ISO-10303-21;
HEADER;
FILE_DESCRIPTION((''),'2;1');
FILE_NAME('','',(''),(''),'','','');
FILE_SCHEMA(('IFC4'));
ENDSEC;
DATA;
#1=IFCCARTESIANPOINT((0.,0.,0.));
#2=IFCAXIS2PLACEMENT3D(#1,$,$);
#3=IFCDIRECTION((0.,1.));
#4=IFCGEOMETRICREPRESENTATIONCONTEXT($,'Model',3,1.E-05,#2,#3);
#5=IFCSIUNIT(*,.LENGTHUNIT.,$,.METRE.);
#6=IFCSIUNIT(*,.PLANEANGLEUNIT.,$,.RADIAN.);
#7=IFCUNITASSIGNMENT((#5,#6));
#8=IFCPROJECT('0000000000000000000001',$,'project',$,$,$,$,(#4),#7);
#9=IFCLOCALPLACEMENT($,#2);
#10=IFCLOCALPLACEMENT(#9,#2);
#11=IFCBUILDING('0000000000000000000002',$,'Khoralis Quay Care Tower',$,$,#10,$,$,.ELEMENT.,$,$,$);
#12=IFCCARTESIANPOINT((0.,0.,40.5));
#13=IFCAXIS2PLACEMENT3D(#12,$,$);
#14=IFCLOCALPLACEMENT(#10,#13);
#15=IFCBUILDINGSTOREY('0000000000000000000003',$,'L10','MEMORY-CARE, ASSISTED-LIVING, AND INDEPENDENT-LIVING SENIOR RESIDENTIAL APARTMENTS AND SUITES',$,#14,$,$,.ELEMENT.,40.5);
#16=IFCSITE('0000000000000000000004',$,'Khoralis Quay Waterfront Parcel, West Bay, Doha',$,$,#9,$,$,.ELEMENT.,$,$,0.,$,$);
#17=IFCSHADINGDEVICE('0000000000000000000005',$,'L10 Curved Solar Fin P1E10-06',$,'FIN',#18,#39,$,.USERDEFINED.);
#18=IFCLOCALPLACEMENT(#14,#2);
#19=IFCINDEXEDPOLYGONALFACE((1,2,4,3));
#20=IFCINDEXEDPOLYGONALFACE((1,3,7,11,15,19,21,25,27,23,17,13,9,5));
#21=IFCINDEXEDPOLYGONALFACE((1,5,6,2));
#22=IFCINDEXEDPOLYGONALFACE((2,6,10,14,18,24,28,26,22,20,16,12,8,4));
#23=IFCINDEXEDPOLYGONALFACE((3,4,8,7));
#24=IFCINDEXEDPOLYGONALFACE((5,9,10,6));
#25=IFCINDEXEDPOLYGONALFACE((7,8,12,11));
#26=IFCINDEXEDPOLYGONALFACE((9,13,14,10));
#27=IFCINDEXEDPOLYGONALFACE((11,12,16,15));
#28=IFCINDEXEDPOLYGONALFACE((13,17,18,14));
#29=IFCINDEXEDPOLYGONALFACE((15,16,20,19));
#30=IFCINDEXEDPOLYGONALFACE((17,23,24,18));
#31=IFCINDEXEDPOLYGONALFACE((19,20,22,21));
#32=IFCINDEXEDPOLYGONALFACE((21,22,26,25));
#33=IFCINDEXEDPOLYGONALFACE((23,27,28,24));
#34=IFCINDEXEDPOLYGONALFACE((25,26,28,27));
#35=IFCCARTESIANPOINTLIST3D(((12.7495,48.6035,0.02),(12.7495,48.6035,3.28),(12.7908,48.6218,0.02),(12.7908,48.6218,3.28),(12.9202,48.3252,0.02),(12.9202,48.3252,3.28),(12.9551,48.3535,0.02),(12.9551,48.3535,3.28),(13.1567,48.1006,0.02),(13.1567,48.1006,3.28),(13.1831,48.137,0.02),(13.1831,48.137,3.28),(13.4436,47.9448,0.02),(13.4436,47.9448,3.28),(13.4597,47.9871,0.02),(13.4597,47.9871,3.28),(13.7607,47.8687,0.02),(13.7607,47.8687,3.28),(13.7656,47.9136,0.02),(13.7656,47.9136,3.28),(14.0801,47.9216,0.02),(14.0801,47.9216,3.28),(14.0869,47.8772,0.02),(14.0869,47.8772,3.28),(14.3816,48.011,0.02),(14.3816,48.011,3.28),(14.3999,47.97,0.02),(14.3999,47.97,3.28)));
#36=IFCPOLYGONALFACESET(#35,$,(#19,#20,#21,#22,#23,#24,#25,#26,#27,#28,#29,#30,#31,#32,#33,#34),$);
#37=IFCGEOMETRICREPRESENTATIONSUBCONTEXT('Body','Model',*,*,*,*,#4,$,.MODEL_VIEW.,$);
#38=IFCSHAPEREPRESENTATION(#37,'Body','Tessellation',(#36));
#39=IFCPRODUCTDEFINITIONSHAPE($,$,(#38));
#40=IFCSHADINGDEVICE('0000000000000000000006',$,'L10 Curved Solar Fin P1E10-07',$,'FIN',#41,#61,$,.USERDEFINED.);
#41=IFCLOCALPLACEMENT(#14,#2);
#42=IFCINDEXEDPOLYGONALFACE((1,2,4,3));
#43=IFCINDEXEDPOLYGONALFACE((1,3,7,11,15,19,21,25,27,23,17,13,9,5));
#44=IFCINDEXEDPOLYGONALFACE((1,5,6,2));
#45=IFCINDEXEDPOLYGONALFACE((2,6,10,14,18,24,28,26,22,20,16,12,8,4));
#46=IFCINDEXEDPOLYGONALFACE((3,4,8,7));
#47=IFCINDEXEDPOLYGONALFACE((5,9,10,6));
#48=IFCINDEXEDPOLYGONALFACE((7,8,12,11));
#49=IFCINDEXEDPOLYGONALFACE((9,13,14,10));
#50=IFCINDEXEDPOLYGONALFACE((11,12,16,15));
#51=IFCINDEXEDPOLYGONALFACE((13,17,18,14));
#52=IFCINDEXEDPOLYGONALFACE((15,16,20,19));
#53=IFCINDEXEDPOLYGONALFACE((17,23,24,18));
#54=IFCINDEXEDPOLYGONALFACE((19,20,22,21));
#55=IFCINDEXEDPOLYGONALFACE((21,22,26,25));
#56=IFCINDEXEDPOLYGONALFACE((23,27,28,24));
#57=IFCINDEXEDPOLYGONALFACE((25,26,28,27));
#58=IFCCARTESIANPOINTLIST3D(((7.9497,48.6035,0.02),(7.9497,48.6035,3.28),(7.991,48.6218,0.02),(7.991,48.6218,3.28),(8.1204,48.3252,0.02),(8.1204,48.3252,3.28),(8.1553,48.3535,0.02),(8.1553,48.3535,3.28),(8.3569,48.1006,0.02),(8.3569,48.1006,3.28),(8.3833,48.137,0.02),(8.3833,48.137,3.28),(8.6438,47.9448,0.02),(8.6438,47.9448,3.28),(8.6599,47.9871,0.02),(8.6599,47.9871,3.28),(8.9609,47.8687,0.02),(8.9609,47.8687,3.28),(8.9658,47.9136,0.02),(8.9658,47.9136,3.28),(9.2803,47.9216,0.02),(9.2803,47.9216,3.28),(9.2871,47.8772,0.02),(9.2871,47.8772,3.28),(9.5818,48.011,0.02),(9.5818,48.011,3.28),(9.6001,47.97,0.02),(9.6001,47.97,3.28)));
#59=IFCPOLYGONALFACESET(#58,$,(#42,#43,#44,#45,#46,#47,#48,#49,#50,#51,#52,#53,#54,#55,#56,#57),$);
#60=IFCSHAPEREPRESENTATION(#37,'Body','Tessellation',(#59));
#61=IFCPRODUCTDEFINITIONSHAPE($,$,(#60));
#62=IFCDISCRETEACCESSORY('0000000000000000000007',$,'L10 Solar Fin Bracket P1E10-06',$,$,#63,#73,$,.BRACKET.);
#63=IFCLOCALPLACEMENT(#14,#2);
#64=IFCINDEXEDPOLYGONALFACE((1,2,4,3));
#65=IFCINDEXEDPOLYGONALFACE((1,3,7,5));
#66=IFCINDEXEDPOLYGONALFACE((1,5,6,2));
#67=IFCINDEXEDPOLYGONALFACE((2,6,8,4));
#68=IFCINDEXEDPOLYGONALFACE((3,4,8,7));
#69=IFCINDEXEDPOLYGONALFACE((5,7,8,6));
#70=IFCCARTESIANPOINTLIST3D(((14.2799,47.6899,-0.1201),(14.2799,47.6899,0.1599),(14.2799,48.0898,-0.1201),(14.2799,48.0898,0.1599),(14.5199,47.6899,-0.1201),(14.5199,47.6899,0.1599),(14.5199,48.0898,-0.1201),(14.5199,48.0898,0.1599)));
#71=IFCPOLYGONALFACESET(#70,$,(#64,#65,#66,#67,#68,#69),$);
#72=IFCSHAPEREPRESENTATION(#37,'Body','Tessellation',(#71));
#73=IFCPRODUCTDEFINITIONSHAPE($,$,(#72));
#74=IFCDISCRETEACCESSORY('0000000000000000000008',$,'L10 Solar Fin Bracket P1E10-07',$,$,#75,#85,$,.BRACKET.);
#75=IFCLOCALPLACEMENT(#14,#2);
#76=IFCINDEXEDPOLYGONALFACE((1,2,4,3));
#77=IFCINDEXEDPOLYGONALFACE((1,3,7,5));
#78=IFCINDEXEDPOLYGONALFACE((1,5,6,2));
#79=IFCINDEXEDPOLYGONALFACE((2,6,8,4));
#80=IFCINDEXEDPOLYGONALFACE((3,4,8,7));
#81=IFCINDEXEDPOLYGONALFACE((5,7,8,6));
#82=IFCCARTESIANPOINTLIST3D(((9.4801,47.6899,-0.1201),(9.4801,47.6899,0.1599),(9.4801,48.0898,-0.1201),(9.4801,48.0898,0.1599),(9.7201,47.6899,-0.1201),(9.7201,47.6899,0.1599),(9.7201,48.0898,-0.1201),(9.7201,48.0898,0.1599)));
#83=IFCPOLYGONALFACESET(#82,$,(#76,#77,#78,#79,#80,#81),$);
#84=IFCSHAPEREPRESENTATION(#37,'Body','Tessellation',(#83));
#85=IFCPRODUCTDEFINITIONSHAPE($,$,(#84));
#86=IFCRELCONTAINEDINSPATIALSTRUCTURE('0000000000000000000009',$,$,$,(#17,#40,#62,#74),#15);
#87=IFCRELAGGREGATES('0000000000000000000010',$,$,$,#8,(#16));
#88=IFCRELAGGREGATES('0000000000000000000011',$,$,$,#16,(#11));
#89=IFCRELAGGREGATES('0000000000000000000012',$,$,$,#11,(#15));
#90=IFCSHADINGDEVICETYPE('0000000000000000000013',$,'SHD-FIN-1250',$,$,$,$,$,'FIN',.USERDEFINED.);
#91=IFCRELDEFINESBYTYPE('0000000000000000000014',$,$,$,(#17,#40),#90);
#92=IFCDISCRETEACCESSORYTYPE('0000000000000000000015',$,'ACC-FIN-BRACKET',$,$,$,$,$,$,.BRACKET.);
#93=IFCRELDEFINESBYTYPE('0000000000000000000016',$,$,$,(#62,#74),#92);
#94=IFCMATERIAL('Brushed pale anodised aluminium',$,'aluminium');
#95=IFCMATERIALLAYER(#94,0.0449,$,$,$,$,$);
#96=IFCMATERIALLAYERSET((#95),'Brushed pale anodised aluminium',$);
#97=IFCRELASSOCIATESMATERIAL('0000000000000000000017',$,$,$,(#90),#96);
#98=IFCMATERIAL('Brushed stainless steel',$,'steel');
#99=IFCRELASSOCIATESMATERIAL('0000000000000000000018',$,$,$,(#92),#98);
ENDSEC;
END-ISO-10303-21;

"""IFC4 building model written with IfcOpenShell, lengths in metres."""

from ifc_helpers import new_model, si_unit, direction, frame, origin, origin_2d, place, context, subcontext, project, spatial, polyline, rectangle, outline, extrude, source, transform, mapped, material, layer, layer_set, type_object, element, save


model = new_model("IFC4")

# Units and contexts
model_context = context("Model", 3, precision=1e-05, world=origin(), true_north=direction((0.0, 1.0)))
body_context = subcontext(model_context, "Body", "Model", "MODEL_VIEW")
ifc_project = project(units=[si_unit("LENGTHUNIT", "METRE"), si_unit("PLANEANGLEUNIT", "RADIAN")], contexts=[model_context])

# Site, building, storey
site_placement = place(None, origin())
site = spatial("IfcSite", under=ifc_project, at=site_placement, Name="Khoralis Quay Waterfront Parcel, West Bay, Doha", CompositionType="ELEMENT", RefElevation=0.0)
building_placement = place(site_placement, origin())
building = spatial("IfcBuilding", under=site, at=building_placement, Name="Khoralis Quay Care Tower", CompositionType="ELEMENT")
storey_placement = place(building_placement, frame((0.0, 0.0, 40.5)))
storey = spatial("IfcBuildingStorey", under=building, at=storey_placement, Name="L10", Description="MEMORY-CARE, ASSISTED-LIVING, AND INDEPENDENT-LIVING SENIOR RESIDENTIAL APARTMENTS AND SUITES", CompositionType="ELEMENT", Elevation=40.5)

# Shading devices
ifc_material_1 = material(Name="Brushed pale anodised aluminium", Category="aluminium")
ifc_layer_1 = layer(ifc_material_1, 0.0449)
ifc_layer_set_1 = layer_set([ifc_layer_1], Name="Brushed pale anodised aluminium")
shading_device_type = type_object("IfcShadingDeviceType", Name="SHD-FIN-1250", ElementType="FIN", PredefinedType="USERDEFINED", material=ifc_layer_set_1)
shared_shape_1 = source(origin(), body_context, "Body", "SweptSolid", [
    extrude(outline(polyline([(0.0, 0.0), (-0.0928, 0.313), (-0.1013, 0.6392), (-0.0251, 0.9563), (0.1306, 1.2432), (0.3552, 1.4797), (0.6335, 1.6504), (0.6519, 1.6091), (0.3835, 1.4448), (0.167, 1.2168), (0.0171, 0.9402), (-0.0564, 0.6343), (-0.0483, 0.3198), (0.041, 0.0183), (0.0, 0.0)])), origin(), (0.0, 0.0, 1.0), 3.26),
])
for number, where, z_axis, x_axis, name in (
    (1, (14.3999, 47.97, 0.02), (0.0, 0.0, 1.0), (0.0, 1.0, 0.0), "L10 Curved Solar Fin P1E10-06"),
    (2, (9.6001, 47.97, 0.02), (0.0, 0.0, 1.0), (0.0, 1.0, 0.0), "L10 Curved Solar Fin P1E10-07"),
):
    element("IfcShadingDevice", number, at=place(storey_placement, frame(where, z_axis=z_axis, x_axis=x_axis)), inside=storey, type_object=shading_device_type, Name=name, ObjectType="FIN", PredefinedType="USERDEFINED", context=body_context, shape_type="MappedRepresentation", body=[
        mapped(shared_shape_1, transform((0.0, 0.0, 0.0), scale=1.0)),
    ])

# Discrete accessories
ifc_material_2 = material(Name="Brushed stainless steel", Category="steel")
discrete_accessory_type = type_object("IfcDiscreteAccessoryType", Name="ACC-FIN-BRACKET", PredefinedType="BRACKET", material=ifc_material_2)
shared_shape_2 = source(origin(), body_context, "Body", "SweptSolid", [
    extrude(rectangle(XDim=0.3999, YDim=0.24, at=origin_2d()), origin(), (0.0, 0.0, 1.0), 0.28),
])
for number, where, z_axis, x_axis, name in (
    (3, (14.3999, 47.8899, -0.1201), (0.0, 0.0, 1.0), (0.0, 1.0, 0.0), "L10 Solar Fin Bracket P1E10-06"),
    (4, (9.6001, 47.8899, -0.1201), (0.0, 0.0, 1.0), (0.0, 1.0, 0.0), "L10 Solar Fin Bracket P1E10-07"),
):
    element("IfcDiscreteAccessory", number, at=place(storey_placement, frame(where, z_axis=z_axis, x_axis=x_axis)), inside=storey, type_object=discrete_accessory_type, Name=name, PredefinedType="BRACKET", context=body_context, shape_type="MappedRepresentation", body=[
        mapped(shared_shape_2, transform((0.0, 0.0, 0.0), scale=1.0)),
    ])

save(model, "model.ifc")
